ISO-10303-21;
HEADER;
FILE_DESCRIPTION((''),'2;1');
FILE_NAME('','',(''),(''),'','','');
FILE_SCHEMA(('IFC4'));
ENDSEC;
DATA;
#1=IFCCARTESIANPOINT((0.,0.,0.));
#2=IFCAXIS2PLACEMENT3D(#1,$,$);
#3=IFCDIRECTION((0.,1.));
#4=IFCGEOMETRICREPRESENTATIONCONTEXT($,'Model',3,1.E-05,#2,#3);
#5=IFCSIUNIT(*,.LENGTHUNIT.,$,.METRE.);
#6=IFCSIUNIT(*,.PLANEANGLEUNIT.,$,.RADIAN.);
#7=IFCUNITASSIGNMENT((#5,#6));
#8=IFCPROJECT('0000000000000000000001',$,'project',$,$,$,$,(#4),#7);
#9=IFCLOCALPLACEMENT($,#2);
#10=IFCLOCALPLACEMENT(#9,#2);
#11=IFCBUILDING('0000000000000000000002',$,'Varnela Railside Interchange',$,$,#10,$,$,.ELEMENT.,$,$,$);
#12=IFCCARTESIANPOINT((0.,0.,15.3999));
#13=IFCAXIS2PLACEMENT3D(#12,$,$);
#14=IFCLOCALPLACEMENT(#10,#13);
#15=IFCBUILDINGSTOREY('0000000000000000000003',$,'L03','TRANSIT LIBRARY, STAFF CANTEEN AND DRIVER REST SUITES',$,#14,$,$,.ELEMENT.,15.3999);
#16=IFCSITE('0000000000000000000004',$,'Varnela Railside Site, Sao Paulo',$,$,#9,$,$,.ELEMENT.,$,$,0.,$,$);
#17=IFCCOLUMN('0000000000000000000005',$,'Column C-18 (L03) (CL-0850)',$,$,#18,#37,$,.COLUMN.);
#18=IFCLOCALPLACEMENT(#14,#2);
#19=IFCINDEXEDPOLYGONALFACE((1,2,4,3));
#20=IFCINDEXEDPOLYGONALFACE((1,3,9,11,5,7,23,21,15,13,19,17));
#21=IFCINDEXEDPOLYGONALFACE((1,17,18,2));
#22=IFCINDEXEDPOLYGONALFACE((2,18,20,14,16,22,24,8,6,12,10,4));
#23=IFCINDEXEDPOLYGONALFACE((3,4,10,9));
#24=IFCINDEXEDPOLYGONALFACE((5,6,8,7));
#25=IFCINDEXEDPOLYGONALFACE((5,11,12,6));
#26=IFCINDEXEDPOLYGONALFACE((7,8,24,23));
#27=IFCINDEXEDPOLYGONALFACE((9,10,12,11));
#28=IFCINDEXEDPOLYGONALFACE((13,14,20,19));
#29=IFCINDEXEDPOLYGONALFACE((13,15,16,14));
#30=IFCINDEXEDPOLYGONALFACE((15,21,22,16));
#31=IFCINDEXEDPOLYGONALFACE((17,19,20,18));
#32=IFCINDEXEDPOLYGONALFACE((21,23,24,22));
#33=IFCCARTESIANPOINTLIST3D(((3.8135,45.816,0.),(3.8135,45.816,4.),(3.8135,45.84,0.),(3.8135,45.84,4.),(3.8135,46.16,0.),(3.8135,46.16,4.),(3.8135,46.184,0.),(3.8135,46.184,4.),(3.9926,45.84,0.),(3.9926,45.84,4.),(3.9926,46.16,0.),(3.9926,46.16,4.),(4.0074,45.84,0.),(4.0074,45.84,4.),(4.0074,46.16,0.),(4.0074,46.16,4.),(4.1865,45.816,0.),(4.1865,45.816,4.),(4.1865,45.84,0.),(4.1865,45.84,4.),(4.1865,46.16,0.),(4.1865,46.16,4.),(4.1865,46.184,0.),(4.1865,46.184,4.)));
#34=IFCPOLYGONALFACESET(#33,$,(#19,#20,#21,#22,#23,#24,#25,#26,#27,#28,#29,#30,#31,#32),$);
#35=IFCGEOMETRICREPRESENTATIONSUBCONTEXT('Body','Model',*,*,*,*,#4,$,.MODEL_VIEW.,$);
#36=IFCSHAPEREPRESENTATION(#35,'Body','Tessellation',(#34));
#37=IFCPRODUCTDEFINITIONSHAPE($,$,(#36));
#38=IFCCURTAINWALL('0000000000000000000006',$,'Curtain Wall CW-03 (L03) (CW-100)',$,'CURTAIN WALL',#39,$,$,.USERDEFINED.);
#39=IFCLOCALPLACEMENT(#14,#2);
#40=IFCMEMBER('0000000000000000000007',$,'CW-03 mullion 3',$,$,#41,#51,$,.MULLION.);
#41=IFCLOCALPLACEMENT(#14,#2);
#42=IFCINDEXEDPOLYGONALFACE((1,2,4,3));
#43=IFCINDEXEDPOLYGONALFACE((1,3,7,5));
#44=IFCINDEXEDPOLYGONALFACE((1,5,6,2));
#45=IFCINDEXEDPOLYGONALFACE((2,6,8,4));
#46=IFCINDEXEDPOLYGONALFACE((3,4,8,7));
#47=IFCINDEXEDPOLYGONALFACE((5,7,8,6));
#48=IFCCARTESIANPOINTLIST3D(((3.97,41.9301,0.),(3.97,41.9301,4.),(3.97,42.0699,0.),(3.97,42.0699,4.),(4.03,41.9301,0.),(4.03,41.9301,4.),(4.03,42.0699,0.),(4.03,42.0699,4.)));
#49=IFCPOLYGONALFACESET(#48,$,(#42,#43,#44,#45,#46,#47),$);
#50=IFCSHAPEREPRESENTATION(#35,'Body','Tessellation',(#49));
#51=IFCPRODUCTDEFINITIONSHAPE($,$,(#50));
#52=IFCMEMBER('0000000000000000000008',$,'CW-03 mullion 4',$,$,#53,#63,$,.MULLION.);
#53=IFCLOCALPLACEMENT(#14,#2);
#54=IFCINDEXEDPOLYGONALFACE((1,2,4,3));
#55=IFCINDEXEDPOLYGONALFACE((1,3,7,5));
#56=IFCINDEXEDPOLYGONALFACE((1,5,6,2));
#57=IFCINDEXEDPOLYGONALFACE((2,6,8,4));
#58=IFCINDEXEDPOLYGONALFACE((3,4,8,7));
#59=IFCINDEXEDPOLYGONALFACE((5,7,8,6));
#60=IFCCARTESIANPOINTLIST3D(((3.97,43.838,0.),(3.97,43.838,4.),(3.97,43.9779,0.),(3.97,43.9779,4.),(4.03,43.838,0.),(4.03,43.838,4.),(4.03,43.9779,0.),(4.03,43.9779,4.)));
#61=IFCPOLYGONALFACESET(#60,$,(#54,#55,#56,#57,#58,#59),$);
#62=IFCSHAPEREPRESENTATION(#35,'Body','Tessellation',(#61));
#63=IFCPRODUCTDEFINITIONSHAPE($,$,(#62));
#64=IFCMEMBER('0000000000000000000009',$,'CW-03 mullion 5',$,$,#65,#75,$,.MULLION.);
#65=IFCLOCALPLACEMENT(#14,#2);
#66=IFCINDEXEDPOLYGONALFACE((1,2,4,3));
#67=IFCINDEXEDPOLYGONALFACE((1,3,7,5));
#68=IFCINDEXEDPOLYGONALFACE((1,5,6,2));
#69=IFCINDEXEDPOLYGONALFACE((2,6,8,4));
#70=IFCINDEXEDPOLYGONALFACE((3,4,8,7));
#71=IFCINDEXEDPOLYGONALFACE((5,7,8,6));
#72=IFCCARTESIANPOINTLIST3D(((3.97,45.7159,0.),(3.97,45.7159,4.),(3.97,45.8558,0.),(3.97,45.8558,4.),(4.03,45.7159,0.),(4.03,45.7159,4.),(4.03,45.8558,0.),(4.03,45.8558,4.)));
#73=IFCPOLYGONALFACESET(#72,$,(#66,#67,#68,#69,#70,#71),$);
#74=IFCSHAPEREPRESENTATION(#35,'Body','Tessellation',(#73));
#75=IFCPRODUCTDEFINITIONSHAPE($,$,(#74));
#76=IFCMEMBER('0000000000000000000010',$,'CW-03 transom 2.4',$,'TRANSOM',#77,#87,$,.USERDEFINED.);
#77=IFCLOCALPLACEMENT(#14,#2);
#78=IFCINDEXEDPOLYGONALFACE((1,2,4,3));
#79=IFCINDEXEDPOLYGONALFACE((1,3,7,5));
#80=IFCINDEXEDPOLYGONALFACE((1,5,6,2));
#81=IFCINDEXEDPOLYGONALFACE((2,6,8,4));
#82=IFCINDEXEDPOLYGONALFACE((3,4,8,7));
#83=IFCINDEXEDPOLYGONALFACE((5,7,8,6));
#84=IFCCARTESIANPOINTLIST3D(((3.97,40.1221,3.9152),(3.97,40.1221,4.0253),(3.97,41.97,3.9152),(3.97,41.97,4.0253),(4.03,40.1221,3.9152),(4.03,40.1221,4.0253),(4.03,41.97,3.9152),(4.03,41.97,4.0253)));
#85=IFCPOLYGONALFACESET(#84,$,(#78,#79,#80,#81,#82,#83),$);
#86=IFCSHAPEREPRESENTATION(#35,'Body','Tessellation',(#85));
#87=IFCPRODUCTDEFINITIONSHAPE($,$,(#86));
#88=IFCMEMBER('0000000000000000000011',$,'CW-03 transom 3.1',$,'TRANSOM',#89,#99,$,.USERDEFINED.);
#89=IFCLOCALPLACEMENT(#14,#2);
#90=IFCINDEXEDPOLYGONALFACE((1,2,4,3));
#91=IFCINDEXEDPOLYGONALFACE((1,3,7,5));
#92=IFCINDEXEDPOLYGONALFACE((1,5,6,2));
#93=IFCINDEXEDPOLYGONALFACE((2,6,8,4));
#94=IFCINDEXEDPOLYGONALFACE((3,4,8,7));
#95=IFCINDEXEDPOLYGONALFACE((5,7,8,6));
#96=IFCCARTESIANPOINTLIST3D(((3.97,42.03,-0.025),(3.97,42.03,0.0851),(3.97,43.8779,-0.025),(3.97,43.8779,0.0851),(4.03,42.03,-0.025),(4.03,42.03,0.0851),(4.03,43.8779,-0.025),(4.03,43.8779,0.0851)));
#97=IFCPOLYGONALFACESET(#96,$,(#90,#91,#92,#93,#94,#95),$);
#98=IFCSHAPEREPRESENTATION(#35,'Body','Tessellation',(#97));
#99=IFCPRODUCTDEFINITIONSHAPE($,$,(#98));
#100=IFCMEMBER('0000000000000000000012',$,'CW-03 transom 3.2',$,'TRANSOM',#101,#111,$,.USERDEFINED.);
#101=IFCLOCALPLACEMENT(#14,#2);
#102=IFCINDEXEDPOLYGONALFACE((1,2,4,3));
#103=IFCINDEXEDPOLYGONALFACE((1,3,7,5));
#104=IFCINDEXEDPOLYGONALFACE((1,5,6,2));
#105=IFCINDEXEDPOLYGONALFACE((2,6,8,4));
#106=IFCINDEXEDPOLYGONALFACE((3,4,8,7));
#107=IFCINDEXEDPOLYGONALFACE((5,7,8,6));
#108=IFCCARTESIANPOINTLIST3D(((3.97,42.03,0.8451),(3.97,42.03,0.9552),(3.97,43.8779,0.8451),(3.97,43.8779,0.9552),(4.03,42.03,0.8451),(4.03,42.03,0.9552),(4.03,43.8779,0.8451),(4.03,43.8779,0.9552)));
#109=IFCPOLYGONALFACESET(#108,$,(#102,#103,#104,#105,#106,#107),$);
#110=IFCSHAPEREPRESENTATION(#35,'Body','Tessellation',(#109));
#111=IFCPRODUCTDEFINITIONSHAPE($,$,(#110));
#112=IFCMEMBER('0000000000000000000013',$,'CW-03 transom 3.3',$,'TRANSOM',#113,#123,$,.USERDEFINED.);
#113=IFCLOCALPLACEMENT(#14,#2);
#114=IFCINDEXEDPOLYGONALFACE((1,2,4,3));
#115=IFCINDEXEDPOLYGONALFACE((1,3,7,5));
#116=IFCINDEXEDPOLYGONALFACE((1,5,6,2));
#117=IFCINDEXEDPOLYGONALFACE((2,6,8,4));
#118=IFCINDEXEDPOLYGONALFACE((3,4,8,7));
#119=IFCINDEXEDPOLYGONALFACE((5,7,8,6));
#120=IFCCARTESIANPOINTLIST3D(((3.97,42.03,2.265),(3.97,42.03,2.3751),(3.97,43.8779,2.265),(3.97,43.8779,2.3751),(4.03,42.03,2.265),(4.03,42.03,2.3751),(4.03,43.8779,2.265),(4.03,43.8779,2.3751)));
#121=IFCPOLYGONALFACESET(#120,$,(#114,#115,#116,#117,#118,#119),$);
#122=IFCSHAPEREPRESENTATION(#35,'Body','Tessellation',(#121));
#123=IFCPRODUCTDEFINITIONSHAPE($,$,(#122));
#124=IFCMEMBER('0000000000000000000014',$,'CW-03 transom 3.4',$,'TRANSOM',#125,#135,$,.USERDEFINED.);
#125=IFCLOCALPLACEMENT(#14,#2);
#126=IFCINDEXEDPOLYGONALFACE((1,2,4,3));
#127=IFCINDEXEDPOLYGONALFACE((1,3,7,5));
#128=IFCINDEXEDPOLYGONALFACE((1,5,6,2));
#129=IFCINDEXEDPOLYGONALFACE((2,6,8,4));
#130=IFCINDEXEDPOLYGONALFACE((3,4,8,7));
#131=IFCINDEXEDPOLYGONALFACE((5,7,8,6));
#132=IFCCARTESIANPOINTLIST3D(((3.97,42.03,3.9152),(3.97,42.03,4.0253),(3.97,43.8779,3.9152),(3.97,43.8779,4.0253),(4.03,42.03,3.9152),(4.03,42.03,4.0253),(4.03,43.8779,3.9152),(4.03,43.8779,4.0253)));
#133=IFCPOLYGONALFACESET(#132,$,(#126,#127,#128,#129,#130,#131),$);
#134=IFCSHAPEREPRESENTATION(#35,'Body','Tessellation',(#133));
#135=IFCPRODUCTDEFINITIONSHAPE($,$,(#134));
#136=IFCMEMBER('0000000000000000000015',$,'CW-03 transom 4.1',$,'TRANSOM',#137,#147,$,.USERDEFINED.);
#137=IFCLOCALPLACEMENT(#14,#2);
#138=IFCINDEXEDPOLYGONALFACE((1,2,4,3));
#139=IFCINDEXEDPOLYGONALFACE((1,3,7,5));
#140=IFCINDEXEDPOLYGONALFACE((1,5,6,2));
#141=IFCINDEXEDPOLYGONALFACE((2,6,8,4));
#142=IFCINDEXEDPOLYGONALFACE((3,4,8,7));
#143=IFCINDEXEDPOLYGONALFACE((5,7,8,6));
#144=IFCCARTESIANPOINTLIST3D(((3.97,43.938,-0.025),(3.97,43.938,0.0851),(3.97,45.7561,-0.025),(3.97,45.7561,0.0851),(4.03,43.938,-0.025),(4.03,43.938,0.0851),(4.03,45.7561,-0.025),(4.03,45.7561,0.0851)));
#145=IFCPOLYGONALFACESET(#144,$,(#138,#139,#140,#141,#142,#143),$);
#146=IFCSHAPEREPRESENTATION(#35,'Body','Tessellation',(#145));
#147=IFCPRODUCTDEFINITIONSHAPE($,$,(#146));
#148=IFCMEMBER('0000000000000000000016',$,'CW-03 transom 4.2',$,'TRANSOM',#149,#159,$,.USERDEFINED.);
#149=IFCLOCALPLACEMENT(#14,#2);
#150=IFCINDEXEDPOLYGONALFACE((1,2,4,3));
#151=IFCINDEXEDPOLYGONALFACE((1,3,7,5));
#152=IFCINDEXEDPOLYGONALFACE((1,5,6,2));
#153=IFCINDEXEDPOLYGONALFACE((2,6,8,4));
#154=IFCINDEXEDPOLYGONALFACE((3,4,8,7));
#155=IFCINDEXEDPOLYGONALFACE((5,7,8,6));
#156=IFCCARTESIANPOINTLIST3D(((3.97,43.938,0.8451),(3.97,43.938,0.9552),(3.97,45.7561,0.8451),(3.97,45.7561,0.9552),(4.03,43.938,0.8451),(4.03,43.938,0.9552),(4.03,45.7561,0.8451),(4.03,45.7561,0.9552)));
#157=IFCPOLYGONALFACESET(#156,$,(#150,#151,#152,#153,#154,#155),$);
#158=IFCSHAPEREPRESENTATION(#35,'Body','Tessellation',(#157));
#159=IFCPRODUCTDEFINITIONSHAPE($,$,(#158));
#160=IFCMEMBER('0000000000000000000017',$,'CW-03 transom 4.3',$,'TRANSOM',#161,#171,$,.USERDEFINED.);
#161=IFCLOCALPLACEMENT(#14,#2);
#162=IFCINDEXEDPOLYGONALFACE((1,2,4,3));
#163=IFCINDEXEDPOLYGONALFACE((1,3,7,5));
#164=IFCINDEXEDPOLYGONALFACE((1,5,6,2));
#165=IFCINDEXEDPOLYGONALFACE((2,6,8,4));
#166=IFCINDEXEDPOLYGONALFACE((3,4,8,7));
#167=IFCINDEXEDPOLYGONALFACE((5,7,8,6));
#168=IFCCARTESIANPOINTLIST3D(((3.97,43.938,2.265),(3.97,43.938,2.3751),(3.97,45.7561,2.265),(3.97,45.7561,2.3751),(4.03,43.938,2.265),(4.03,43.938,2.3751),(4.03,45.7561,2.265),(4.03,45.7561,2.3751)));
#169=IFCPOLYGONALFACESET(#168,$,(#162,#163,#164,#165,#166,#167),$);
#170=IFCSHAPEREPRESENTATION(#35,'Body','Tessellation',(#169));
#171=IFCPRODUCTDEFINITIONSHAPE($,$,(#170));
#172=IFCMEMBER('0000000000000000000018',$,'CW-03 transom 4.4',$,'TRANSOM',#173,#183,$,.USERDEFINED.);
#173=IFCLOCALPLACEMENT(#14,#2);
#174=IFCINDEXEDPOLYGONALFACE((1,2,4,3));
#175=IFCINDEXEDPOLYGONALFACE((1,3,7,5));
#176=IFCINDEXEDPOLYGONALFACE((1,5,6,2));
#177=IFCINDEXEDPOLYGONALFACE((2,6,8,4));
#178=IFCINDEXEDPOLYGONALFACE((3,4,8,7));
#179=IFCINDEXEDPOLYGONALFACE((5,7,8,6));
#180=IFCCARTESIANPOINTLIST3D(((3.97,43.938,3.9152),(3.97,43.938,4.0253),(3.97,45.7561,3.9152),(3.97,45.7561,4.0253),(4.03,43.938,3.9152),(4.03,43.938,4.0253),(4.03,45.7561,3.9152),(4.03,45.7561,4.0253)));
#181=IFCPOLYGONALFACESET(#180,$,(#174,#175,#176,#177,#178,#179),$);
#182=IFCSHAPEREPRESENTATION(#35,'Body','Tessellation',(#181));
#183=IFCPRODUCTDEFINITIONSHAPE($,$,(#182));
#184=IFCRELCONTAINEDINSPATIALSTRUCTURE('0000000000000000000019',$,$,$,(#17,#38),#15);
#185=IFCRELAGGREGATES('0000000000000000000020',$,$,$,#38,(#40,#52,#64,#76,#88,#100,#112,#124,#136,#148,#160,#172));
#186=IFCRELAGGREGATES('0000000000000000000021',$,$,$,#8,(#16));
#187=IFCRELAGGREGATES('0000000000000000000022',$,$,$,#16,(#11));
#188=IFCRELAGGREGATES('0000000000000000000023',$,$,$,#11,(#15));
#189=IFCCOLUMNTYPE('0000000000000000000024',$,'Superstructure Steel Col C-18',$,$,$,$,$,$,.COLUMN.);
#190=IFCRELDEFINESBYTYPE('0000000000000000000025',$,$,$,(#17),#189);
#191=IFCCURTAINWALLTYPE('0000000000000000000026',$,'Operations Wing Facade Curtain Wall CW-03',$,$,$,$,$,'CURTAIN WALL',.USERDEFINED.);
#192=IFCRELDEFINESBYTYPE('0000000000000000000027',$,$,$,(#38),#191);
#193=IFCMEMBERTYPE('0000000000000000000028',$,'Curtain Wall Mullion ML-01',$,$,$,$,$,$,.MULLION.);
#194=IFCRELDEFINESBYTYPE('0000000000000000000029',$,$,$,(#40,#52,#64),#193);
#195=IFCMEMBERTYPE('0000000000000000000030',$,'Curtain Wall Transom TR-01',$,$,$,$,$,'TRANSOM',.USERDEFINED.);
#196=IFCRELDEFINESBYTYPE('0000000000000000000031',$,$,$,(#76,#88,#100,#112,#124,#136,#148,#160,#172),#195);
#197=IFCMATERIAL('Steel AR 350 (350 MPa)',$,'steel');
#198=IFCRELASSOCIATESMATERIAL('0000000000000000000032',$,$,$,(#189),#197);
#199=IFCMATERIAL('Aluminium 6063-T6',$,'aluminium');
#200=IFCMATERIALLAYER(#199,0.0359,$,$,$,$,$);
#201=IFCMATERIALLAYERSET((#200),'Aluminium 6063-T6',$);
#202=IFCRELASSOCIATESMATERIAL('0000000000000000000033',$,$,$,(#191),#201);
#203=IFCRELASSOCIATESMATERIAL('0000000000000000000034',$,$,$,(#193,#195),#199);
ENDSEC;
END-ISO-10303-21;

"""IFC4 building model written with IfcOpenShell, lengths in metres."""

from ifc_helpers import new_model, si_unit, direction, frame, origin, origin_2d, place, context, subcontext, project, spatial, rectangle, i_section, extrude, material, layer, layer_set, material_profile, profile_set, type_object, element, aggregate, save


model = new_model("IFC4")

# Units and contexts
model_context = context("Model", 3, precision=1e-05, world=origin(), true_north=direction((0.0, 1.0)))
body_context = subcontext(model_context, "Body", "Model", "MODEL_VIEW")
ifc_project = project(units=[si_unit("LENGTHUNIT", "METRE"), si_unit("PLANEANGLEUNIT", "RADIAN")], contexts=[model_context])

# Site, building, storey
site_placement = place(None, origin())
site = spatial("IfcSite", under=ifc_project, at=site_placement, Name="Varnela Railside Site, Sao Paulo", CompositionType="ELEMENT", RefElevation=0.0)
building_placement = place(site_placement, origin())
building = spatial("IfcBuilding", under=site, at=building_placement, Name="Varnela Railside Interchange", CompositionType="ELEMENT")
storey_placement = place(building_placement, frame((0.0, 0.0, 15.3999)))
storey = spatial("IfcBuildingStorey", under=building, at=storey_placement, Name="L03", Description="TRANSIT LIBRARY, STAFF CANTEEN AND DRIVER REST SUITES", CompositionType="ELEMENT", Elevation=15.3999)

# Column
ifc_material_1 = material(Name="Steel AR 350 (350 MPa)", Category="steel")
ifc_material_profile_1 = material_profile(ifc_material_1, i_section(OverallWidth=0.373, OverallDepth=0.3679, WebThickness=0.0149, FlangeThickness=0.0239, at=origin_2d()), Name="W360x179")
ifc_profile_set_1 = profile_set([ifc_material_profile_1], Name="Steel AR 350 (350 MPa)")
column_type = type_object("IfcColumnType", Name="Superstructure Steel Col C-18", PredefinedType="COLUMN", material=ifc_profile_set_1)
column_placement = place(storey_placement, frame((4.0, 46.0, 0.0), z_axis=(0.0, 0.0, 1.0), x_axis=(1.0, 0.0, 0.0)))
element("IfcColumn", 1, at=column_placement, inside=storey, type_object=column_type, Name="Column C-18 (L03) (CL-0850)", PredefinedType="COLUMN", context=body_context, shape_type="SweptSolid", body=[
    extrude(i_section(OverallWidth=0.373, OverallDepth=0.3679, WebThickness=0.0149, FlangeThickness=0.0239, at=origin_2d()), origin(), (0.0, 0.0, 1.0), 4.0),
])

# Curtain wall, members
ifc_material_2 = material(Name="Aluminium 6063-T6", Category="aluminium")
ifc_layer_1 = layer(ifc_material_2, 0.0359)
ifc_layer_set_1 = layer_set([ifc_layer_1], Name="Aluminium 6063-T6")
curtain_wall_type = type_object("IfcCurtainWallType", Name="Operations Wing Facade Curtain Wall CW-03", ElementType="CURTAIN WALL", PredefinedType="USERDEFINED", material=ifc_layer_set_1)
curtain_wall_placement = place(storey_placement, origin())
curtain_wall = element("IfcCurtainWall", 2, at=curtain_wall_placement, inside=storey, type_object=curtain_wall_type, Name="Curtain Wall CW-03 (L03) (CW-100)", ObjectType="CURTAIN WALL", PredefinedType="USERDEFINED")
ifc_material_profile_2 = material_profile(ifc_material_2, rectangle(XDim=0.0601, YDim=0.1399, at=origin_2d()), Name="ALU 60x140")
ifc_profile_set_2 = profile_set([ifc_material_profile_2], Name="Aluminium 6063-T6")
member_type_1 = type_object("IfcMemberType", Name="Curtain Wall Mullion ML-01", PredefinedType="MULLION", material=ifc_profile_set_2)
member_1_placement = place(storey_placement, frame((4.0, 42.0, 0.0), z_axis=(0.0, 0.0, 1.0), x_axis=(-1.0, 0.0, 0.0)))
member_1 = element("IfcMember", 3, at=member_1_placement, type_object=member_type_1, Name="CW-03 mullion 3", PredefinedType="MULLION", context=body_context, shape_type="SweptSolid", body=[
    extrude(rectangle(XDim=0.0601, YDim=0.1399, at=origin_2d()), origin(), (0.0, 0.0, 1.0), 4.0),
])
member_2_placement = place(storey_placement, frame((4.0, 43.908, 0.0), z_axis=(0.0, 0.0, 1.0), x_axis=(-1.0, 0.0, 0.0)))
member_2 = element("IfcMember", 4, at=member_2_placement, type_object=member_type_1, Name="CW-03 mullion 4", PredefinedType="MULLION", context=body_context, shape_type="SweptSolid", body=[
    extrude(rectangle(XDim=0.0601, YDim=0.1399, at=origin_2d()), origin(), (0.0, 0.0, 1.0), 4.0),
])
member_3_placement = place(storey_placement, frame((4.0, 45.7859, 0.0), z_axis=(0.0, 0.0, 1.0), x_axis=(-1.0, 0.0, 0.0)))
member_3 = element("IfcMember", 5, at=member_3_placement, type_object=member_type_1, Name="CW-03 mullion 5", PredefinedType="MULLION", context=body_context, shape_type="SweptSolid", body=[
    extrude(rectangle(XDim=0.0601, YDim=0.1399, at=origin_2d()), origin(), (0.0, 0.0, 1.0), 4.0),
])
ifc_material_profile_3 = material_profile(ifc_material_2, rectangle(XDim=0.0601, YDim=0.1101, at=origin_2d()), Name="ALU 60x110")
ifc_profile_set_3 = profile_set([ifc_material_profile_3], Name="Aluminium 6063-T6")
member_type_2 = type_object("IfcMemberType", Name="Curtain Wall Transom TR-01", ElementType="TRANSOM", PredefinedType="USERDEFINED", material=ifc_profile_set_3)
member_4_placement = place(storey_placement, frame((4.0, 40.1221, 3.9702), z_axis=(0.0, 1.0, 0.0), x_axis=(-1.0, 0.0, 0.0)))
member_4 = element("IfcMember", 6, at=member_4_placement, type_object=member_type_2, Name="CW-03 transom 2.4", ObjectType="TRANSOM", PredefinedType="USERDEFINED", context=body_context, shape_type="SweptSolid", body=[
    extrude(rectangle(XDim=0.0601, YDim=0.1101, at=origin_2d()), origin(), (0.0, 0.0, 1.0), 1.8479),
])
member_5_placement = place(storey_placement, frame((4.0, 42.03, 0.03), z_axis=(0.0, 1.0, 0.0), x_axis=(-1.0, 0.0, 0.0)))
member_5 = element("IfcMember", 7, at=member_5_placement, type_object=member_type_2, Name="CW-03 transom 3.1", ObjectType="TRANSOM", PredefinedType="USERDEFINED", context=body_context, shape_type="SweptSolid", body=[
    extrude(rectangle(XDim=0.0601, YDim=0.1101, at=origin_2d()), origin(), (0.0, 0.0, 1.0), 1.8479),
])
member_6_placement = place(storey_placement, frame((4.0, 42.03, 0.9001), z_axis=(0.0, 1.0, 0.0), x_axis=(-1.0, 0.0, 0.0)))
member_6 = element("IfcMember", 8, at=member_6_placement, type_object=member_type_2, Name="CW-03 transom 3.2", ObjectType="TRANSOM", PredefinedType="USERDEFINED", context=body_context, shape_type="SweptSolid", body=[
    extrude(rectangle(XDim=0.0601, YDim=0.1101, at=origin_2d()), origin(), (0.0, 0.0, 1.0), 1.8479),
])
member_7_placement = place(storey_placement, frame((4.0, 42.03, 2.3201), z_axis=(0.0, 1.0, 0.0), x_axis=(-1.0, 0.0, 0.0)))
member_7 = element("IfcMember", 9, at=member_7_placement, type_object=member_type_2, Name="CW-03 transom 3.3", ObjectType="TRANSOM", PredefinedType="USERDEFINED", context=body_context, shape_type="SweptSolid", body=[
    extrude(rectangle(XDim=0.0601, YDim=0.1101, at=origin_2d()), origin(), (0.0, 0.0, 1.0), 1.8479),
])
member_8_placement = place(storey_placement, frame((4.0, 42.03, 3.9702), z_axis=(0.0, 1.0, 0.0), x_axis=(-1.0, 0.0, 0.0)))
member_8 = element("IfcMember", 10, at=member_8_placement, type_object=member_type_2, Name="CW-03 transom 3.4", ObjectType="TRANSOM", PredefinedType="USERDEFINED", context=body_context, shape_type="SweptSolid", body=[
    extrude(rectangle(XDim=0.0601, YDim=0.1101, at=origin_2d()), origin(), (0.0, 0.0, 1.0), 1.8479),
])
member_9_placement = place(storey_placement, frame((4.0, 43.938, 0.03), z_axis=(0.0, 1.0, 0.0), x_axis=(-1.0, 0.0, 0.0)))
member_9 = element("IfcMember", 11, at=member_9_placement, type_object=member_type_2, Name="CW-03 transom 4.1", ObjectType="TRANSOM", PredefinedType="USERDEFINED", context=body_context, shape_type="SweptSolid", body=[
    extrude(rectangle(XDim=0.0601, YDim=0.1101, at=origin_2d()), origin(), (0.0, 0.0, 1.0), 1.8181),
])
member_10_placement = place(storey_placement, frame((4.0, 43.938, 0.9001), z_axis=(0.0, 1.0, 0.0), x_axis=(-1.0, 0.0, 0.0)))
member_10 = element("IfcMember", 12, at=member_10_placement, type_object=member_type_2, Name="CW-03 transom 4.2", ObjectType="TRANSOM", PredefinedType="USERDEFINED", context=body_context, shape_type="SweptSolid", body=[
    extrude(rectangle(XDim=0.0601, YDim=0.1101, at=origin_2d()), origin(), (0.0, 0.0, 1.0), 1.8181),
])
member_11_placement = place(storey_placement, frame((4.0, 43.938, 2.3201), z_axis=(0.0, 1.0, 0.0), x_axis=(-1.0, 0.0, 0.0)))
member_11 = element("IfcMember", 13, at=member_11_placement, type_object=member_type_2, Name="CW-03 transom 4.3", ObjectType="TRANSOM", PredefinedType="USERDEFINED", context=body_context, shape_type="SweptSolid", body=[
    extrude(rectangle(XDim=0.0601, YDim=0.1101, at=origin_2d()), origin(), (0.0, 0.0, 1.0), 1.8181),
])
member_12_placement = place(storey_placement, frame((4.0, 43.938, 3.9702), z_axis=(0.0, 1.0, 0.0), x_axis=(-1.0, 0.0, 0.0)))
member_12 = element("IfcMember", 14, at=member_12_placement, type_object=member_type_2, Name="CW-03 transom 4.4", ObjectType="TRANSOM", PredefinedType="USERDEFINED", context=body_context, shape_type="SweptSolid", body=[
    extrude(rectangle(XDim=0.0601, YDim=0.1101, at=origin_2d()), origin(), (0.0, 0.0, 1.0), 1.8181),
])

aggregate(curtain_wall, [member_1, member_2, member_3, member_4, member_5, member_6, member_7, member_8, member_9, member_10, member_11, member_12])

save(model, "model.ifc")
